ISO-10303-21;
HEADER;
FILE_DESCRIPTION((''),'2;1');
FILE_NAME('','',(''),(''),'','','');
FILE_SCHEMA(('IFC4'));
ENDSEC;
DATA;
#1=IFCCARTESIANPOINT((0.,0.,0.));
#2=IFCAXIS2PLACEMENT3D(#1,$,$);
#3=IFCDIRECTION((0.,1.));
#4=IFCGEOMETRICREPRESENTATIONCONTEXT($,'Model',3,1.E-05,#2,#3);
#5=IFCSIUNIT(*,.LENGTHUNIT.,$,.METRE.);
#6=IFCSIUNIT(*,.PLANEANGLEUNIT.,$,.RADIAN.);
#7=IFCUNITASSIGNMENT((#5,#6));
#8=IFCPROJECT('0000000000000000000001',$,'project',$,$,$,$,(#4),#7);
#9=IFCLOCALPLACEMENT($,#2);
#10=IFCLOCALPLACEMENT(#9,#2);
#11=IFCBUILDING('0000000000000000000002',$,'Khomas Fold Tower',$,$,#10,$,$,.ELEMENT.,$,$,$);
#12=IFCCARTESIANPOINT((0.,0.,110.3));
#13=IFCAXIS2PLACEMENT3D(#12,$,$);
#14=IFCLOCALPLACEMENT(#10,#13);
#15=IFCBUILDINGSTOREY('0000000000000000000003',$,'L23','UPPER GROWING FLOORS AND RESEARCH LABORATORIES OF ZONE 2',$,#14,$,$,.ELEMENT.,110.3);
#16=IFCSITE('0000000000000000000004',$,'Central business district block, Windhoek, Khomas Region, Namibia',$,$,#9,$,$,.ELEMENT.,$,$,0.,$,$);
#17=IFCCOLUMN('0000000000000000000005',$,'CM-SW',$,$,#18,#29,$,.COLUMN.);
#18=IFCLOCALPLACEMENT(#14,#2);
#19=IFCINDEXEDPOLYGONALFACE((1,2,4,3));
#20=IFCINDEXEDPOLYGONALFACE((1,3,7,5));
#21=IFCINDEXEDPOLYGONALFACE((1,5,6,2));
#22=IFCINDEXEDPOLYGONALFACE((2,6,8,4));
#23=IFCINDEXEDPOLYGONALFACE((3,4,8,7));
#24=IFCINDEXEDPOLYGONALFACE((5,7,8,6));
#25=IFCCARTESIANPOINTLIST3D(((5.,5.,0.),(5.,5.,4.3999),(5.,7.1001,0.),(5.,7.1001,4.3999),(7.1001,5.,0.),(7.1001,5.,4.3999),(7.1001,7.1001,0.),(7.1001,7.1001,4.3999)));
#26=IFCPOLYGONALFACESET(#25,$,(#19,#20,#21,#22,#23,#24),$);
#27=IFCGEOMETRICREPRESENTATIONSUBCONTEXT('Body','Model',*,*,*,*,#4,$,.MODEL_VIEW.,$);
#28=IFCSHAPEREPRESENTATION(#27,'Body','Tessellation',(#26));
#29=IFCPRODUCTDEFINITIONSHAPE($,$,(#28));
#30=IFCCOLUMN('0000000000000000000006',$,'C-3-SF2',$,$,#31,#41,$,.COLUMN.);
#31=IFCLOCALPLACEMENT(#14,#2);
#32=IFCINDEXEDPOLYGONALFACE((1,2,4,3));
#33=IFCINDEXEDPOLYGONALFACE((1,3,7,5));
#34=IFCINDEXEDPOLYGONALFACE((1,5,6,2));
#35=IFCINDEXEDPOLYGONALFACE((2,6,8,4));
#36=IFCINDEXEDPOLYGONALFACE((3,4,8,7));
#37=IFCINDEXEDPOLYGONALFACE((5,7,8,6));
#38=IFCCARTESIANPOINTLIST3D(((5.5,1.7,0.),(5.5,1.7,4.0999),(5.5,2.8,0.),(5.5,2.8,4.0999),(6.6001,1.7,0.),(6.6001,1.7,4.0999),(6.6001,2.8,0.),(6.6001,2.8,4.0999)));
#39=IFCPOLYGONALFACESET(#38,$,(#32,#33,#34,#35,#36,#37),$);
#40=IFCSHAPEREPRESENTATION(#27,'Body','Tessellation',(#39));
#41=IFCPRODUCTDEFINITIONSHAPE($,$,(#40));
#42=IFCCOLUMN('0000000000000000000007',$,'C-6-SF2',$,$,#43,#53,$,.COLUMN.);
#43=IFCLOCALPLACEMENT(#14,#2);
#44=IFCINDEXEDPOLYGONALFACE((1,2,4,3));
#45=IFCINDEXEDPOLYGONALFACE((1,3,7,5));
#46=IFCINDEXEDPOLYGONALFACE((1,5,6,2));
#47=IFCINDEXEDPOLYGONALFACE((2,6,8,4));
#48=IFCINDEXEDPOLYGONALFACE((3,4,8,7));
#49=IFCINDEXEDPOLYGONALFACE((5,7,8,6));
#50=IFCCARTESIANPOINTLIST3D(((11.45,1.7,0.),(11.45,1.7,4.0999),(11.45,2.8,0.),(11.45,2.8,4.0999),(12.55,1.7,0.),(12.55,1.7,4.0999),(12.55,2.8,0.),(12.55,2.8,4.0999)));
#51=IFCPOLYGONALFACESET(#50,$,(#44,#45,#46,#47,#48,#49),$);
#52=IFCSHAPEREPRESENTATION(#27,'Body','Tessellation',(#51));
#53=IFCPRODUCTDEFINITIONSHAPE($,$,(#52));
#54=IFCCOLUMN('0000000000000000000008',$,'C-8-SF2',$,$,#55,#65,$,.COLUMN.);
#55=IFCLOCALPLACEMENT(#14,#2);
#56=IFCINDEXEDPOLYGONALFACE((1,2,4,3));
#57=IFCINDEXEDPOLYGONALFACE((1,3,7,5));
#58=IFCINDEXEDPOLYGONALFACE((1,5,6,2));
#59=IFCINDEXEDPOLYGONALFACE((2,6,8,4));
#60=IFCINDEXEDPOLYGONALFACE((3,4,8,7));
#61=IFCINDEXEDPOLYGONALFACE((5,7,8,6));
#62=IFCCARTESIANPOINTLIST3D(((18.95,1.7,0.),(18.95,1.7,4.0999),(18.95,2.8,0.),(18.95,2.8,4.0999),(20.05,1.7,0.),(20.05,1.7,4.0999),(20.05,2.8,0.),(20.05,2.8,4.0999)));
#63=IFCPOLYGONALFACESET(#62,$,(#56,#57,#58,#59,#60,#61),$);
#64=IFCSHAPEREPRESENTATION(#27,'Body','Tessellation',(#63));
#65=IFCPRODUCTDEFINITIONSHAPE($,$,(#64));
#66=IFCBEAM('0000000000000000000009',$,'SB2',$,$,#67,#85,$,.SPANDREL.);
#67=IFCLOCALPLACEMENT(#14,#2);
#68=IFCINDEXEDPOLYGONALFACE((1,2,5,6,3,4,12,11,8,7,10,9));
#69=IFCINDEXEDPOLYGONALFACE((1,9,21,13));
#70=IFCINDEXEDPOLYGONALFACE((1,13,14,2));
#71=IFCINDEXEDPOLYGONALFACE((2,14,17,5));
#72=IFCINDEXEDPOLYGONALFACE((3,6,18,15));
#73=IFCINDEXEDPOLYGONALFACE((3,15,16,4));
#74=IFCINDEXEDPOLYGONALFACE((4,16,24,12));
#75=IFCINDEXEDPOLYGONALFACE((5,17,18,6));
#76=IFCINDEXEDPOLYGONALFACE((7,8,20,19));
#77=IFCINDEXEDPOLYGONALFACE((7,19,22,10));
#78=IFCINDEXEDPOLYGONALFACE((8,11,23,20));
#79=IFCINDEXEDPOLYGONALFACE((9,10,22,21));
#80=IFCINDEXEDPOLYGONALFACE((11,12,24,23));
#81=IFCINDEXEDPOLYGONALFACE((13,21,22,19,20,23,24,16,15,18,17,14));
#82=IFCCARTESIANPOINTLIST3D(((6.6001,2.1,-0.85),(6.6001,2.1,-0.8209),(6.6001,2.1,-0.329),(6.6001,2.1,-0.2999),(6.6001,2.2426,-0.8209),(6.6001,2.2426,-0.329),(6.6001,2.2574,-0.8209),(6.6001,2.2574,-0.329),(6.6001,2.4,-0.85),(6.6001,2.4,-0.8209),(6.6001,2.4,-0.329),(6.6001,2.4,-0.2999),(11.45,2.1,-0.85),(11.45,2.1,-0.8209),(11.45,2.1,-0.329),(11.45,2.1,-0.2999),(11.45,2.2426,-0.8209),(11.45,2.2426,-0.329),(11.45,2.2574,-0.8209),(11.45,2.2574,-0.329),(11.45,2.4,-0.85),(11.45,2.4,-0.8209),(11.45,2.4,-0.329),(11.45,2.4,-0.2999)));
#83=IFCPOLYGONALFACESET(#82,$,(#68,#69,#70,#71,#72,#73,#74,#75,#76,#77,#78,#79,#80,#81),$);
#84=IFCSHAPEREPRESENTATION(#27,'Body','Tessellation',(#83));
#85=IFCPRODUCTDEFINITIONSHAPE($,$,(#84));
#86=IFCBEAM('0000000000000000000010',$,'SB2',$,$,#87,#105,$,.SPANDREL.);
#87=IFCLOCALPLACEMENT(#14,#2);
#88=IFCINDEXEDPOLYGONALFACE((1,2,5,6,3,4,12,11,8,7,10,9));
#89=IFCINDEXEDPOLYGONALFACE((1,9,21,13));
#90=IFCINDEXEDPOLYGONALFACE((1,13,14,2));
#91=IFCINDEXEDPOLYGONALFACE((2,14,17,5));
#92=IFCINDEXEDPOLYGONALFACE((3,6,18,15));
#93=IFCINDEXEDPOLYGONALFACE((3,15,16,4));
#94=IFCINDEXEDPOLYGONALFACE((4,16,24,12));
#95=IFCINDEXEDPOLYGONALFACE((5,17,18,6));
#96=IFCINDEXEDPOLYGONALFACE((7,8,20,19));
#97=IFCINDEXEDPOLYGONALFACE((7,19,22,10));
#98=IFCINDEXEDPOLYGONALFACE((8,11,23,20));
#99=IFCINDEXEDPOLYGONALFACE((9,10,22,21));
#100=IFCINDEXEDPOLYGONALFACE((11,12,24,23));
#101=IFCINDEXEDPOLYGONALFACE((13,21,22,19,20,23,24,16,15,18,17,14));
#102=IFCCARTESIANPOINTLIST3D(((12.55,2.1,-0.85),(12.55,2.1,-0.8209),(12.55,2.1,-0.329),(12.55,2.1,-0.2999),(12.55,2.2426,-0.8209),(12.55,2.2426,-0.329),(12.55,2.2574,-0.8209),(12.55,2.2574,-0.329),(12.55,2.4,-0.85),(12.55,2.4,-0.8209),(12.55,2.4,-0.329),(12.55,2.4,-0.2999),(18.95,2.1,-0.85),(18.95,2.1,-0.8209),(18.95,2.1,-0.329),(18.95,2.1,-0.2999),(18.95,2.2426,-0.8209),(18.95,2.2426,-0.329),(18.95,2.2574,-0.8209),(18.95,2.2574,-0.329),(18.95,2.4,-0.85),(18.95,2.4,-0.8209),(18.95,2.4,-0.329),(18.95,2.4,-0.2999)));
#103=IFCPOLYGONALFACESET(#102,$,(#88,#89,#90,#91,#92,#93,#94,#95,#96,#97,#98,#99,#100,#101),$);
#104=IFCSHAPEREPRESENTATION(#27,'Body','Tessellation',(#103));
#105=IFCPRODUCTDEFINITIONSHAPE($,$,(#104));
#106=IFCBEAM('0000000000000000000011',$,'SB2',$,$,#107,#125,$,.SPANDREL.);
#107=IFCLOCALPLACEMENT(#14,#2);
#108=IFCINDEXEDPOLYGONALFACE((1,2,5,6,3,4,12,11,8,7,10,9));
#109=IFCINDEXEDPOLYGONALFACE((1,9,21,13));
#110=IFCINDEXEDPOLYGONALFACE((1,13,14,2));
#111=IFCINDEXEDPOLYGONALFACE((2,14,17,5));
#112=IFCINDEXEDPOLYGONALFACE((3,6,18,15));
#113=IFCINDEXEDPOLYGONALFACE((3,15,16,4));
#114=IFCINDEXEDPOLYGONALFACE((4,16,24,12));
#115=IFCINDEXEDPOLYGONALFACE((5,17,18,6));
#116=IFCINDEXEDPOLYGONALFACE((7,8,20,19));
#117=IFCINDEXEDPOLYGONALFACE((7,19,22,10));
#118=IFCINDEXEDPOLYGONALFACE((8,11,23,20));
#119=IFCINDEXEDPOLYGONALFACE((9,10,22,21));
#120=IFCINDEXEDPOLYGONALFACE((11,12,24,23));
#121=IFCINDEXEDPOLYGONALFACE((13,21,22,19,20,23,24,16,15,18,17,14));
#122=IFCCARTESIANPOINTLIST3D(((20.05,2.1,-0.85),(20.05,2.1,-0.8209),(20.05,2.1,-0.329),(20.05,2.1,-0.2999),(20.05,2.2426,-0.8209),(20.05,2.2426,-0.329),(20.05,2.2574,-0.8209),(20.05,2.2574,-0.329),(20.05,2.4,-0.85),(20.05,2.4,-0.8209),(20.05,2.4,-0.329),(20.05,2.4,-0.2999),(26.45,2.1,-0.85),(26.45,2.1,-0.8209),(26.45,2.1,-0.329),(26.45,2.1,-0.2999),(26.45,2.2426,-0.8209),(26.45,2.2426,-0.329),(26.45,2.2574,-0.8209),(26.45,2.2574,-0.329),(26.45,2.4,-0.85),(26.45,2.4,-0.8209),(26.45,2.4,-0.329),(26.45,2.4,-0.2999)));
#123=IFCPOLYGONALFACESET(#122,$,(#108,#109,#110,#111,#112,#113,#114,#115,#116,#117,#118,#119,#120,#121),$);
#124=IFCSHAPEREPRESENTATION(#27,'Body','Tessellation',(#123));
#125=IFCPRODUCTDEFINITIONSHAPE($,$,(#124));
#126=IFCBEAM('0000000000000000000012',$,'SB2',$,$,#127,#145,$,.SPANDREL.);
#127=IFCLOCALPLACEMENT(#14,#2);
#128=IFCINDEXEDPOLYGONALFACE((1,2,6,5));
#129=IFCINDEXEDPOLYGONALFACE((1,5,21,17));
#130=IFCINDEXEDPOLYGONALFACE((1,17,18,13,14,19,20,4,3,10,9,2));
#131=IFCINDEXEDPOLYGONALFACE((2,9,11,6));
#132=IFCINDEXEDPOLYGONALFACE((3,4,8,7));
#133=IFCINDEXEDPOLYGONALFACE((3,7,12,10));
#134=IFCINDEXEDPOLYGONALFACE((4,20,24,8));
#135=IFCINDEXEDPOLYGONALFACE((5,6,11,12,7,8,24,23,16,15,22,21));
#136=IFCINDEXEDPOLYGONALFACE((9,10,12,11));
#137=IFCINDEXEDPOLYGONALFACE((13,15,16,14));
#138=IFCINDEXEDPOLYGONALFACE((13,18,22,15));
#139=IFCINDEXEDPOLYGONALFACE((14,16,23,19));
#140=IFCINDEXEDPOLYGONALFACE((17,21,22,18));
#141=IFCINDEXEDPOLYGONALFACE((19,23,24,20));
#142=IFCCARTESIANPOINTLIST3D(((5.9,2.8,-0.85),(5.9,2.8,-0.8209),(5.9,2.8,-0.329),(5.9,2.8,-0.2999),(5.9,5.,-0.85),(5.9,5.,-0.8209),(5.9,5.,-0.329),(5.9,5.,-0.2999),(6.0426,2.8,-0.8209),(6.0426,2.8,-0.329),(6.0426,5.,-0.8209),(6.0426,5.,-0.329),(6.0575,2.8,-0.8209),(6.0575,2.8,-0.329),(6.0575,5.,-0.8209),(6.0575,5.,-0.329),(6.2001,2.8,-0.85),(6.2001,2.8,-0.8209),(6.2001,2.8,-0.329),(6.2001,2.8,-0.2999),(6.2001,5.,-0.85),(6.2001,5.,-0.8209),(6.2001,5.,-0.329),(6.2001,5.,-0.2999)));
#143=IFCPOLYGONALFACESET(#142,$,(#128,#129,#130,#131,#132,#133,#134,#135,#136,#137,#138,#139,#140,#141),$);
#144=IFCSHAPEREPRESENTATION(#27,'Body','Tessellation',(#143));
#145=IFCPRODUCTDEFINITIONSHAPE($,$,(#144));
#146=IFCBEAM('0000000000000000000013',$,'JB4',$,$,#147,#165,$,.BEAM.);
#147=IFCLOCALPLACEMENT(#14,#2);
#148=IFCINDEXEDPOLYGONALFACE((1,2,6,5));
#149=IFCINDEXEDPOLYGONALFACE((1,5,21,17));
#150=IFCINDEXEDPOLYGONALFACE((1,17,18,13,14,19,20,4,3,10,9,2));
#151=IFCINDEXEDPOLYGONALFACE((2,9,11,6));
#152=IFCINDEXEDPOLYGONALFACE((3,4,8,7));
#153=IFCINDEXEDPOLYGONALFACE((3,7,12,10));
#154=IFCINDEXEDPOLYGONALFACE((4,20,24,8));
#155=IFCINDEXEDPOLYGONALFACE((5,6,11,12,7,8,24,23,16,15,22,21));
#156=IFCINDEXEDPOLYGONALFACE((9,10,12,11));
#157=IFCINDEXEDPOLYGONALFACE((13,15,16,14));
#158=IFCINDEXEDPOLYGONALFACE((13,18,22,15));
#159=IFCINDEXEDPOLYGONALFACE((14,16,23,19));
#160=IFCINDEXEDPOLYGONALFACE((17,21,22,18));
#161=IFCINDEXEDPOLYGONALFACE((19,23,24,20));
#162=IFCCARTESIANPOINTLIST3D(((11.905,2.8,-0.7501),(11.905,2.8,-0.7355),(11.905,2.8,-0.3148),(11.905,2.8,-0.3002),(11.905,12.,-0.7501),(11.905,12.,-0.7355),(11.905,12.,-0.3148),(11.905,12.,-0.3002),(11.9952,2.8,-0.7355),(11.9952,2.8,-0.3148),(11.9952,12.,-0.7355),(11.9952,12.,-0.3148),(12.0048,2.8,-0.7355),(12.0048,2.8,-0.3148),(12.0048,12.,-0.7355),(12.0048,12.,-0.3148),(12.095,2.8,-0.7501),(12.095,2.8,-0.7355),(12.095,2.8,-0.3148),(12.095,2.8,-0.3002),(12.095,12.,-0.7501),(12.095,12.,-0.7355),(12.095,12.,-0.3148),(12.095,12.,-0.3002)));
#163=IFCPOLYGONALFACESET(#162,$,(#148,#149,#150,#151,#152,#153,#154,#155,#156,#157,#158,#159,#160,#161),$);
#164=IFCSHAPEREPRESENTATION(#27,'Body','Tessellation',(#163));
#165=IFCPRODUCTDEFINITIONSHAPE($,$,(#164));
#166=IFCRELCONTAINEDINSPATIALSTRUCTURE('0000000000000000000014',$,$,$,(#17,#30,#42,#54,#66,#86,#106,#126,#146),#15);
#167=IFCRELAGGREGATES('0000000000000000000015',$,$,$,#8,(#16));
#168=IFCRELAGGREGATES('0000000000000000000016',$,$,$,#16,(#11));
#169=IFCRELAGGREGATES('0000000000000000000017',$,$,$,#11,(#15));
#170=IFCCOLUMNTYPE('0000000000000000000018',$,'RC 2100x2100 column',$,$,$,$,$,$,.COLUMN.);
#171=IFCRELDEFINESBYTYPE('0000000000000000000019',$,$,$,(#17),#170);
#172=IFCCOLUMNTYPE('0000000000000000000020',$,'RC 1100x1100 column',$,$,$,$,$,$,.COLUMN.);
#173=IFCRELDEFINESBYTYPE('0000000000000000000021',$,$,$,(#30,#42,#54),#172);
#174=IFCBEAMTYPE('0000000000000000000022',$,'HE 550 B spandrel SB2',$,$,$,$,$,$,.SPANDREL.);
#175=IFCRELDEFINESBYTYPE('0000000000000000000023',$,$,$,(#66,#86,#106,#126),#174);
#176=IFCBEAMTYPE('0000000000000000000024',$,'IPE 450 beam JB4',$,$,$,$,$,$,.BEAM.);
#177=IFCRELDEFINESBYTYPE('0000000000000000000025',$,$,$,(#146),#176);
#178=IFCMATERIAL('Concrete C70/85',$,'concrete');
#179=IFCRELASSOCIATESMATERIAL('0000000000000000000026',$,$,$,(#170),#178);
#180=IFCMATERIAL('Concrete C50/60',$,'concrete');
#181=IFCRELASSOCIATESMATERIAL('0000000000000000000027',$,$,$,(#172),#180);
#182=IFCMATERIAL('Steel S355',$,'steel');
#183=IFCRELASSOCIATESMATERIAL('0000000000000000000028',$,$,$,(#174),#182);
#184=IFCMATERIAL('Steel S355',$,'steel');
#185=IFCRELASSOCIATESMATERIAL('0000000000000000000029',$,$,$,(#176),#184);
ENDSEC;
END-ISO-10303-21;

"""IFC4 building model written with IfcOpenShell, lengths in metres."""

from ifc_helpers import new_model, si_unit, direction, frame, origin, origin_2d, place, context, subcontext, project, spatial, rectangle, i_section, extrude, source, transform, mapped, material, material_profile, profile_set, type_object, element, save


model = new_model("IFC4")

# Units and contexts
model_context = context("Model", 3, precision=1e-05, world=origin(), true_north=direction((0.0, 1.0)))
body_context = subcontext(model_context, "Body", "Model", "MODEL_VIEW")
ifc_project = project(units=[si_unit("LENGTHUNIT", "METRE"), si_unit("PLANEANGLEUNIT", "RADIAN")], contexts=[model_context])

# Site, building, storey
site_placement = place(None, origin())
site = spatial("IfcSite", under=ifc_project, at=site_placement, Name="Central business district block, Windhoek, Khomas Region, Namibia", CompositionType="ELEMENT", RefElevation=0.0)
building_placement = place(site_placement, origin())
building = spatial("IfcBuilding", under=site, at=building_placement, Name="Khomas Fold Tower", CompositionType="ELEMENT")
storey_placement = place(building_placement, frame((0.0, 0.0, 110.3)))
storey = spatial("IfcBuildingStorey", under=building, at=storey_placement, Name="L23", Description="UPPER GROWING FLOORS AND RESEARCH LABORATORIES OF ZONE 2", CompositionType="ELEMENT", Elevation=110.3)

# Columns
ifc_material_1 = material(Name="Concrete C70/85", Category="concrete")
ifc_material_profile_1 = material_profile(ifc_material_1, rectangle(XDim=2.1001, YDim=2.1001, at=origin_2d()), Name="RC 2100x2100")
ifc_profile_set_1 = profile_set([ifc_material_profile_1], Name="Concrete C70/85")
column_type_1 = type_object("IfcColumnType", Name="RC 2100x2100 column", PredefinedType="COLUMN", material=ifc_profile_set_1)
shared_shape_1 = source(origin(), body_context, "Body", "SweptSolid", [
    extrude(rectangle(XDim=2.1001, YDim=2.1001, at=origin_2d()), origin(), (0.0, 0.0, 1.0), 4.3999),
])
column_placement = place(storey_placement, frame((6.05, 6.05, 0.0), z_axis=(0.0, 0.0, 1.0), x_axis=(1.0, 0.0, 0.0)))
element("IfcColumn", 1, at=column_placement, inside=storey, type_object=column_type_1, Name="CM-SW", PredefinedType="COLUMN", context=body_context, shape_type="MappedRepresentation", body=[
    mapped(shared_shape_1, transform((0.0, 0.0, 0.0))),
])
ifc_material_2 = material(Name="Concrete C50/60", Category="concrete")
ifc_material_profile_2 = material_profile(ifc_material_2, rectangle(XDim=1.1001, YDim=1.1001, at=origin_2d()), Name="RC 1100x1100")
ifc_profile_set_2 = profile_set([ifc_material_profile_2], Name="Concrete C50/60")
column_type_2 = type_object("IfcColumnType", Name="RC 1100x1100 column", PredefinedType="COLUMN", material=ifc_profile_set_2)
shared_shape_2 = source(origin(), body_context, "Body", "SweptSolid", [
    extrude(rectangle(XDim=1.1001, YDim=1.1001, at=origin_2d()), origin(), (0.0, 0.0, 1.0), 4.0999),
])
for number, where, z_axis, x_axis, name in (
    (2, (6.05, 2.25, 0.0), (0.0, 0.0, 1.0), (1.0, 0.0, 0.0), "C-3-SF2"),
    (3, (12.0, 2.25, 0.0), (0.0, 0.0, 1.0), (1.0, 0.0, 0.0), "C-6-SF2"),
    (4, (19.5, 2.25, 0.0), (0.0, 0.0, 1.0), (1.0, 0.0, 0.0), "C-8-SF2"),
):
    element("IfcColumn", number, at=place(storey_placement, frame(where, z_axis=z_axis, x_axis=x_axis)), inside=storey, type_object=column_type_2, Name=name, PredefinedType="COLUMN", context=body_context, shape_type="MappedRepresentation", body=[
        mapped(shared_shape_2, transform((0.0, 0.0, 0.0))),
    ])

# Beams
ifc_material_3 = material(Name="Steel S355", Category="steel")
ifc_material_profile_3 = material_profile(ifc_material_3, i_section(OverallWidth=0.3, OverallDepth=0.55, WebThickness=0.0149, FlangeThickness=0.0291, at=origin_2d()), Name="HE 550 B")
ifc_profile_set_3 = profile_set([ifc_material_profile_3], Name="Steel S355")
beam_type_1 = type_object("IfcBeamType", Name="HE 550 B spandrel SB2", PredefinedType="SPANDREL", material=ifc_profile_set_3)
shared_shape_3 = source(origin(), body_context, "Body", "SweptSolid", [
    extrude(i_section(OverallWidth=0.3, OverallDepth=0.55, WebThickness=0.0149, FlangeThickness=0.0291, at=origin_2d()), origin(), (0.0, 0.0, 1.0), 4.8499),
])
beam_1_placement = place(storey_placement, frame((6.6001, 2.25, -0.575), z_axis=(1.0, 0.0, 0.0), x_axis=(0.0, 1.0, 0.0)))
element("IfcBeam", 5, at=beam_1_placement, inside=storey, type_object=beam_type_1, Name="SB2", PredefinedType="SPANDREL", context=body_context, shape_type="MappedRepresentation", body=[
    mapped(shared_shape_3, transform((0.0, 0.0, 0.0))),
])
shared_shape_4 = source(origin(), body_context, "Body", "SweptSolid", [
    extrude(i_section(OverallWidth=0.3, OverallDepth=0.55, WebThickness=0.0149, FlangeThickness=0.0291, at=origin_2d()), origin(), (0.0, 0.0, 1.0), 6.3999),
])
for number, where, z_axis, x_axis, name in (
    (6, (12.55, 2.25, -0.575), (1.0, 0.0, 0.0), (0.0, 1.0, 0.0), "SB2"),
    (7, (20.05, 2.25, -0.575), (1.0, 0.0, 0.0), (0.0, 1.0, 0.0), "SB2"),
):
    element("IfcBeam", number, at=place(storey_placement, frame(where, z_axis=z_axis, x_axis=x_axis)), inside=storey, type_object=beam_type_1, Name=name, PredefinedType="SPANDREL", context=body_context, shape_type="MappedRepresentation", body=[
        mapped(shared_shape_4, transform((0.0, 0.0, 0.0))),
    ])
shared_shape_5 = source(origin(), body_context, "Body", "SweptSolid", [
    extrude(i_section(OverallWidth=0.3, OverallDepth=0.55, WebThickness=0.0149, FlangeThickness=0.0291, at=origin_2d()), origin(), (0.0, 0.0, 1.0), 2.2),
])
beam_2_placement = place(storey_placement, frame((6.05, 2.8, -0.575), z_axis=(0.0, 1.0, 0.0), x_axis=(-1.0, 0.0, 0.0)))
element("IfcBeam", 8, at=beam_2_placement, inside=storey, type_object=beam_type_1, Name="SB2", PredefinedType="SPANDREL", context=body_context, shape_type="MappedRepresentation", body=[
    mapped(shared_shape_5, transform((0.0, 0.0, 0.0))),
])
ifc_material_4 = material(Name="Steel S355", Category="steel")
ifc_material_profile_4 = material_profile(ifc_material_4, i_section(OverallWidth=0.1899, OverallDepth=0.45, WebThickness=0.0095, FlangeThickness=0.0146, at=origin_2d()), Name="IPE 450")
ifc_profile_set_4 = profile_set([ifc_material_profile_4], Name="Steel S355")
beam_type_2 = type_object("IfcBeamType", Name="IPE 450 beam JB4", PredefinedType="BEAM", material=ifc_profile_set_4)
shared_shape_6 = source(origin(), body_context, "Body", "SweptSolid", [
    extrude(i_section(OverallWidth=0.1899, OverallDepth=0.45, WebThickness=0.0095, FlangeThickness=0.0146, at=origin_2d()), origin(), (0.0, 0.0, 1.0), 9.2),
])
beam_3_placement = place(storey_placement, frame((12.0, 2.8, -0.5251), z_axis=(0.0, 1.0, 0.0), x_axis=(-1.0, 0.0, 0.0)))
element("IfcBeam", 9, at=beam_3_placement, inside=storey, type_object=beam_type_2, Name="JB4", PredefinedType="BEAM", context=body_context, shape_type="MappedRepresentation", body=[
    mapped(shared_shape_6, transform((0.0, 0.0, 0.0))),
])

save(model, "model.ifc")
